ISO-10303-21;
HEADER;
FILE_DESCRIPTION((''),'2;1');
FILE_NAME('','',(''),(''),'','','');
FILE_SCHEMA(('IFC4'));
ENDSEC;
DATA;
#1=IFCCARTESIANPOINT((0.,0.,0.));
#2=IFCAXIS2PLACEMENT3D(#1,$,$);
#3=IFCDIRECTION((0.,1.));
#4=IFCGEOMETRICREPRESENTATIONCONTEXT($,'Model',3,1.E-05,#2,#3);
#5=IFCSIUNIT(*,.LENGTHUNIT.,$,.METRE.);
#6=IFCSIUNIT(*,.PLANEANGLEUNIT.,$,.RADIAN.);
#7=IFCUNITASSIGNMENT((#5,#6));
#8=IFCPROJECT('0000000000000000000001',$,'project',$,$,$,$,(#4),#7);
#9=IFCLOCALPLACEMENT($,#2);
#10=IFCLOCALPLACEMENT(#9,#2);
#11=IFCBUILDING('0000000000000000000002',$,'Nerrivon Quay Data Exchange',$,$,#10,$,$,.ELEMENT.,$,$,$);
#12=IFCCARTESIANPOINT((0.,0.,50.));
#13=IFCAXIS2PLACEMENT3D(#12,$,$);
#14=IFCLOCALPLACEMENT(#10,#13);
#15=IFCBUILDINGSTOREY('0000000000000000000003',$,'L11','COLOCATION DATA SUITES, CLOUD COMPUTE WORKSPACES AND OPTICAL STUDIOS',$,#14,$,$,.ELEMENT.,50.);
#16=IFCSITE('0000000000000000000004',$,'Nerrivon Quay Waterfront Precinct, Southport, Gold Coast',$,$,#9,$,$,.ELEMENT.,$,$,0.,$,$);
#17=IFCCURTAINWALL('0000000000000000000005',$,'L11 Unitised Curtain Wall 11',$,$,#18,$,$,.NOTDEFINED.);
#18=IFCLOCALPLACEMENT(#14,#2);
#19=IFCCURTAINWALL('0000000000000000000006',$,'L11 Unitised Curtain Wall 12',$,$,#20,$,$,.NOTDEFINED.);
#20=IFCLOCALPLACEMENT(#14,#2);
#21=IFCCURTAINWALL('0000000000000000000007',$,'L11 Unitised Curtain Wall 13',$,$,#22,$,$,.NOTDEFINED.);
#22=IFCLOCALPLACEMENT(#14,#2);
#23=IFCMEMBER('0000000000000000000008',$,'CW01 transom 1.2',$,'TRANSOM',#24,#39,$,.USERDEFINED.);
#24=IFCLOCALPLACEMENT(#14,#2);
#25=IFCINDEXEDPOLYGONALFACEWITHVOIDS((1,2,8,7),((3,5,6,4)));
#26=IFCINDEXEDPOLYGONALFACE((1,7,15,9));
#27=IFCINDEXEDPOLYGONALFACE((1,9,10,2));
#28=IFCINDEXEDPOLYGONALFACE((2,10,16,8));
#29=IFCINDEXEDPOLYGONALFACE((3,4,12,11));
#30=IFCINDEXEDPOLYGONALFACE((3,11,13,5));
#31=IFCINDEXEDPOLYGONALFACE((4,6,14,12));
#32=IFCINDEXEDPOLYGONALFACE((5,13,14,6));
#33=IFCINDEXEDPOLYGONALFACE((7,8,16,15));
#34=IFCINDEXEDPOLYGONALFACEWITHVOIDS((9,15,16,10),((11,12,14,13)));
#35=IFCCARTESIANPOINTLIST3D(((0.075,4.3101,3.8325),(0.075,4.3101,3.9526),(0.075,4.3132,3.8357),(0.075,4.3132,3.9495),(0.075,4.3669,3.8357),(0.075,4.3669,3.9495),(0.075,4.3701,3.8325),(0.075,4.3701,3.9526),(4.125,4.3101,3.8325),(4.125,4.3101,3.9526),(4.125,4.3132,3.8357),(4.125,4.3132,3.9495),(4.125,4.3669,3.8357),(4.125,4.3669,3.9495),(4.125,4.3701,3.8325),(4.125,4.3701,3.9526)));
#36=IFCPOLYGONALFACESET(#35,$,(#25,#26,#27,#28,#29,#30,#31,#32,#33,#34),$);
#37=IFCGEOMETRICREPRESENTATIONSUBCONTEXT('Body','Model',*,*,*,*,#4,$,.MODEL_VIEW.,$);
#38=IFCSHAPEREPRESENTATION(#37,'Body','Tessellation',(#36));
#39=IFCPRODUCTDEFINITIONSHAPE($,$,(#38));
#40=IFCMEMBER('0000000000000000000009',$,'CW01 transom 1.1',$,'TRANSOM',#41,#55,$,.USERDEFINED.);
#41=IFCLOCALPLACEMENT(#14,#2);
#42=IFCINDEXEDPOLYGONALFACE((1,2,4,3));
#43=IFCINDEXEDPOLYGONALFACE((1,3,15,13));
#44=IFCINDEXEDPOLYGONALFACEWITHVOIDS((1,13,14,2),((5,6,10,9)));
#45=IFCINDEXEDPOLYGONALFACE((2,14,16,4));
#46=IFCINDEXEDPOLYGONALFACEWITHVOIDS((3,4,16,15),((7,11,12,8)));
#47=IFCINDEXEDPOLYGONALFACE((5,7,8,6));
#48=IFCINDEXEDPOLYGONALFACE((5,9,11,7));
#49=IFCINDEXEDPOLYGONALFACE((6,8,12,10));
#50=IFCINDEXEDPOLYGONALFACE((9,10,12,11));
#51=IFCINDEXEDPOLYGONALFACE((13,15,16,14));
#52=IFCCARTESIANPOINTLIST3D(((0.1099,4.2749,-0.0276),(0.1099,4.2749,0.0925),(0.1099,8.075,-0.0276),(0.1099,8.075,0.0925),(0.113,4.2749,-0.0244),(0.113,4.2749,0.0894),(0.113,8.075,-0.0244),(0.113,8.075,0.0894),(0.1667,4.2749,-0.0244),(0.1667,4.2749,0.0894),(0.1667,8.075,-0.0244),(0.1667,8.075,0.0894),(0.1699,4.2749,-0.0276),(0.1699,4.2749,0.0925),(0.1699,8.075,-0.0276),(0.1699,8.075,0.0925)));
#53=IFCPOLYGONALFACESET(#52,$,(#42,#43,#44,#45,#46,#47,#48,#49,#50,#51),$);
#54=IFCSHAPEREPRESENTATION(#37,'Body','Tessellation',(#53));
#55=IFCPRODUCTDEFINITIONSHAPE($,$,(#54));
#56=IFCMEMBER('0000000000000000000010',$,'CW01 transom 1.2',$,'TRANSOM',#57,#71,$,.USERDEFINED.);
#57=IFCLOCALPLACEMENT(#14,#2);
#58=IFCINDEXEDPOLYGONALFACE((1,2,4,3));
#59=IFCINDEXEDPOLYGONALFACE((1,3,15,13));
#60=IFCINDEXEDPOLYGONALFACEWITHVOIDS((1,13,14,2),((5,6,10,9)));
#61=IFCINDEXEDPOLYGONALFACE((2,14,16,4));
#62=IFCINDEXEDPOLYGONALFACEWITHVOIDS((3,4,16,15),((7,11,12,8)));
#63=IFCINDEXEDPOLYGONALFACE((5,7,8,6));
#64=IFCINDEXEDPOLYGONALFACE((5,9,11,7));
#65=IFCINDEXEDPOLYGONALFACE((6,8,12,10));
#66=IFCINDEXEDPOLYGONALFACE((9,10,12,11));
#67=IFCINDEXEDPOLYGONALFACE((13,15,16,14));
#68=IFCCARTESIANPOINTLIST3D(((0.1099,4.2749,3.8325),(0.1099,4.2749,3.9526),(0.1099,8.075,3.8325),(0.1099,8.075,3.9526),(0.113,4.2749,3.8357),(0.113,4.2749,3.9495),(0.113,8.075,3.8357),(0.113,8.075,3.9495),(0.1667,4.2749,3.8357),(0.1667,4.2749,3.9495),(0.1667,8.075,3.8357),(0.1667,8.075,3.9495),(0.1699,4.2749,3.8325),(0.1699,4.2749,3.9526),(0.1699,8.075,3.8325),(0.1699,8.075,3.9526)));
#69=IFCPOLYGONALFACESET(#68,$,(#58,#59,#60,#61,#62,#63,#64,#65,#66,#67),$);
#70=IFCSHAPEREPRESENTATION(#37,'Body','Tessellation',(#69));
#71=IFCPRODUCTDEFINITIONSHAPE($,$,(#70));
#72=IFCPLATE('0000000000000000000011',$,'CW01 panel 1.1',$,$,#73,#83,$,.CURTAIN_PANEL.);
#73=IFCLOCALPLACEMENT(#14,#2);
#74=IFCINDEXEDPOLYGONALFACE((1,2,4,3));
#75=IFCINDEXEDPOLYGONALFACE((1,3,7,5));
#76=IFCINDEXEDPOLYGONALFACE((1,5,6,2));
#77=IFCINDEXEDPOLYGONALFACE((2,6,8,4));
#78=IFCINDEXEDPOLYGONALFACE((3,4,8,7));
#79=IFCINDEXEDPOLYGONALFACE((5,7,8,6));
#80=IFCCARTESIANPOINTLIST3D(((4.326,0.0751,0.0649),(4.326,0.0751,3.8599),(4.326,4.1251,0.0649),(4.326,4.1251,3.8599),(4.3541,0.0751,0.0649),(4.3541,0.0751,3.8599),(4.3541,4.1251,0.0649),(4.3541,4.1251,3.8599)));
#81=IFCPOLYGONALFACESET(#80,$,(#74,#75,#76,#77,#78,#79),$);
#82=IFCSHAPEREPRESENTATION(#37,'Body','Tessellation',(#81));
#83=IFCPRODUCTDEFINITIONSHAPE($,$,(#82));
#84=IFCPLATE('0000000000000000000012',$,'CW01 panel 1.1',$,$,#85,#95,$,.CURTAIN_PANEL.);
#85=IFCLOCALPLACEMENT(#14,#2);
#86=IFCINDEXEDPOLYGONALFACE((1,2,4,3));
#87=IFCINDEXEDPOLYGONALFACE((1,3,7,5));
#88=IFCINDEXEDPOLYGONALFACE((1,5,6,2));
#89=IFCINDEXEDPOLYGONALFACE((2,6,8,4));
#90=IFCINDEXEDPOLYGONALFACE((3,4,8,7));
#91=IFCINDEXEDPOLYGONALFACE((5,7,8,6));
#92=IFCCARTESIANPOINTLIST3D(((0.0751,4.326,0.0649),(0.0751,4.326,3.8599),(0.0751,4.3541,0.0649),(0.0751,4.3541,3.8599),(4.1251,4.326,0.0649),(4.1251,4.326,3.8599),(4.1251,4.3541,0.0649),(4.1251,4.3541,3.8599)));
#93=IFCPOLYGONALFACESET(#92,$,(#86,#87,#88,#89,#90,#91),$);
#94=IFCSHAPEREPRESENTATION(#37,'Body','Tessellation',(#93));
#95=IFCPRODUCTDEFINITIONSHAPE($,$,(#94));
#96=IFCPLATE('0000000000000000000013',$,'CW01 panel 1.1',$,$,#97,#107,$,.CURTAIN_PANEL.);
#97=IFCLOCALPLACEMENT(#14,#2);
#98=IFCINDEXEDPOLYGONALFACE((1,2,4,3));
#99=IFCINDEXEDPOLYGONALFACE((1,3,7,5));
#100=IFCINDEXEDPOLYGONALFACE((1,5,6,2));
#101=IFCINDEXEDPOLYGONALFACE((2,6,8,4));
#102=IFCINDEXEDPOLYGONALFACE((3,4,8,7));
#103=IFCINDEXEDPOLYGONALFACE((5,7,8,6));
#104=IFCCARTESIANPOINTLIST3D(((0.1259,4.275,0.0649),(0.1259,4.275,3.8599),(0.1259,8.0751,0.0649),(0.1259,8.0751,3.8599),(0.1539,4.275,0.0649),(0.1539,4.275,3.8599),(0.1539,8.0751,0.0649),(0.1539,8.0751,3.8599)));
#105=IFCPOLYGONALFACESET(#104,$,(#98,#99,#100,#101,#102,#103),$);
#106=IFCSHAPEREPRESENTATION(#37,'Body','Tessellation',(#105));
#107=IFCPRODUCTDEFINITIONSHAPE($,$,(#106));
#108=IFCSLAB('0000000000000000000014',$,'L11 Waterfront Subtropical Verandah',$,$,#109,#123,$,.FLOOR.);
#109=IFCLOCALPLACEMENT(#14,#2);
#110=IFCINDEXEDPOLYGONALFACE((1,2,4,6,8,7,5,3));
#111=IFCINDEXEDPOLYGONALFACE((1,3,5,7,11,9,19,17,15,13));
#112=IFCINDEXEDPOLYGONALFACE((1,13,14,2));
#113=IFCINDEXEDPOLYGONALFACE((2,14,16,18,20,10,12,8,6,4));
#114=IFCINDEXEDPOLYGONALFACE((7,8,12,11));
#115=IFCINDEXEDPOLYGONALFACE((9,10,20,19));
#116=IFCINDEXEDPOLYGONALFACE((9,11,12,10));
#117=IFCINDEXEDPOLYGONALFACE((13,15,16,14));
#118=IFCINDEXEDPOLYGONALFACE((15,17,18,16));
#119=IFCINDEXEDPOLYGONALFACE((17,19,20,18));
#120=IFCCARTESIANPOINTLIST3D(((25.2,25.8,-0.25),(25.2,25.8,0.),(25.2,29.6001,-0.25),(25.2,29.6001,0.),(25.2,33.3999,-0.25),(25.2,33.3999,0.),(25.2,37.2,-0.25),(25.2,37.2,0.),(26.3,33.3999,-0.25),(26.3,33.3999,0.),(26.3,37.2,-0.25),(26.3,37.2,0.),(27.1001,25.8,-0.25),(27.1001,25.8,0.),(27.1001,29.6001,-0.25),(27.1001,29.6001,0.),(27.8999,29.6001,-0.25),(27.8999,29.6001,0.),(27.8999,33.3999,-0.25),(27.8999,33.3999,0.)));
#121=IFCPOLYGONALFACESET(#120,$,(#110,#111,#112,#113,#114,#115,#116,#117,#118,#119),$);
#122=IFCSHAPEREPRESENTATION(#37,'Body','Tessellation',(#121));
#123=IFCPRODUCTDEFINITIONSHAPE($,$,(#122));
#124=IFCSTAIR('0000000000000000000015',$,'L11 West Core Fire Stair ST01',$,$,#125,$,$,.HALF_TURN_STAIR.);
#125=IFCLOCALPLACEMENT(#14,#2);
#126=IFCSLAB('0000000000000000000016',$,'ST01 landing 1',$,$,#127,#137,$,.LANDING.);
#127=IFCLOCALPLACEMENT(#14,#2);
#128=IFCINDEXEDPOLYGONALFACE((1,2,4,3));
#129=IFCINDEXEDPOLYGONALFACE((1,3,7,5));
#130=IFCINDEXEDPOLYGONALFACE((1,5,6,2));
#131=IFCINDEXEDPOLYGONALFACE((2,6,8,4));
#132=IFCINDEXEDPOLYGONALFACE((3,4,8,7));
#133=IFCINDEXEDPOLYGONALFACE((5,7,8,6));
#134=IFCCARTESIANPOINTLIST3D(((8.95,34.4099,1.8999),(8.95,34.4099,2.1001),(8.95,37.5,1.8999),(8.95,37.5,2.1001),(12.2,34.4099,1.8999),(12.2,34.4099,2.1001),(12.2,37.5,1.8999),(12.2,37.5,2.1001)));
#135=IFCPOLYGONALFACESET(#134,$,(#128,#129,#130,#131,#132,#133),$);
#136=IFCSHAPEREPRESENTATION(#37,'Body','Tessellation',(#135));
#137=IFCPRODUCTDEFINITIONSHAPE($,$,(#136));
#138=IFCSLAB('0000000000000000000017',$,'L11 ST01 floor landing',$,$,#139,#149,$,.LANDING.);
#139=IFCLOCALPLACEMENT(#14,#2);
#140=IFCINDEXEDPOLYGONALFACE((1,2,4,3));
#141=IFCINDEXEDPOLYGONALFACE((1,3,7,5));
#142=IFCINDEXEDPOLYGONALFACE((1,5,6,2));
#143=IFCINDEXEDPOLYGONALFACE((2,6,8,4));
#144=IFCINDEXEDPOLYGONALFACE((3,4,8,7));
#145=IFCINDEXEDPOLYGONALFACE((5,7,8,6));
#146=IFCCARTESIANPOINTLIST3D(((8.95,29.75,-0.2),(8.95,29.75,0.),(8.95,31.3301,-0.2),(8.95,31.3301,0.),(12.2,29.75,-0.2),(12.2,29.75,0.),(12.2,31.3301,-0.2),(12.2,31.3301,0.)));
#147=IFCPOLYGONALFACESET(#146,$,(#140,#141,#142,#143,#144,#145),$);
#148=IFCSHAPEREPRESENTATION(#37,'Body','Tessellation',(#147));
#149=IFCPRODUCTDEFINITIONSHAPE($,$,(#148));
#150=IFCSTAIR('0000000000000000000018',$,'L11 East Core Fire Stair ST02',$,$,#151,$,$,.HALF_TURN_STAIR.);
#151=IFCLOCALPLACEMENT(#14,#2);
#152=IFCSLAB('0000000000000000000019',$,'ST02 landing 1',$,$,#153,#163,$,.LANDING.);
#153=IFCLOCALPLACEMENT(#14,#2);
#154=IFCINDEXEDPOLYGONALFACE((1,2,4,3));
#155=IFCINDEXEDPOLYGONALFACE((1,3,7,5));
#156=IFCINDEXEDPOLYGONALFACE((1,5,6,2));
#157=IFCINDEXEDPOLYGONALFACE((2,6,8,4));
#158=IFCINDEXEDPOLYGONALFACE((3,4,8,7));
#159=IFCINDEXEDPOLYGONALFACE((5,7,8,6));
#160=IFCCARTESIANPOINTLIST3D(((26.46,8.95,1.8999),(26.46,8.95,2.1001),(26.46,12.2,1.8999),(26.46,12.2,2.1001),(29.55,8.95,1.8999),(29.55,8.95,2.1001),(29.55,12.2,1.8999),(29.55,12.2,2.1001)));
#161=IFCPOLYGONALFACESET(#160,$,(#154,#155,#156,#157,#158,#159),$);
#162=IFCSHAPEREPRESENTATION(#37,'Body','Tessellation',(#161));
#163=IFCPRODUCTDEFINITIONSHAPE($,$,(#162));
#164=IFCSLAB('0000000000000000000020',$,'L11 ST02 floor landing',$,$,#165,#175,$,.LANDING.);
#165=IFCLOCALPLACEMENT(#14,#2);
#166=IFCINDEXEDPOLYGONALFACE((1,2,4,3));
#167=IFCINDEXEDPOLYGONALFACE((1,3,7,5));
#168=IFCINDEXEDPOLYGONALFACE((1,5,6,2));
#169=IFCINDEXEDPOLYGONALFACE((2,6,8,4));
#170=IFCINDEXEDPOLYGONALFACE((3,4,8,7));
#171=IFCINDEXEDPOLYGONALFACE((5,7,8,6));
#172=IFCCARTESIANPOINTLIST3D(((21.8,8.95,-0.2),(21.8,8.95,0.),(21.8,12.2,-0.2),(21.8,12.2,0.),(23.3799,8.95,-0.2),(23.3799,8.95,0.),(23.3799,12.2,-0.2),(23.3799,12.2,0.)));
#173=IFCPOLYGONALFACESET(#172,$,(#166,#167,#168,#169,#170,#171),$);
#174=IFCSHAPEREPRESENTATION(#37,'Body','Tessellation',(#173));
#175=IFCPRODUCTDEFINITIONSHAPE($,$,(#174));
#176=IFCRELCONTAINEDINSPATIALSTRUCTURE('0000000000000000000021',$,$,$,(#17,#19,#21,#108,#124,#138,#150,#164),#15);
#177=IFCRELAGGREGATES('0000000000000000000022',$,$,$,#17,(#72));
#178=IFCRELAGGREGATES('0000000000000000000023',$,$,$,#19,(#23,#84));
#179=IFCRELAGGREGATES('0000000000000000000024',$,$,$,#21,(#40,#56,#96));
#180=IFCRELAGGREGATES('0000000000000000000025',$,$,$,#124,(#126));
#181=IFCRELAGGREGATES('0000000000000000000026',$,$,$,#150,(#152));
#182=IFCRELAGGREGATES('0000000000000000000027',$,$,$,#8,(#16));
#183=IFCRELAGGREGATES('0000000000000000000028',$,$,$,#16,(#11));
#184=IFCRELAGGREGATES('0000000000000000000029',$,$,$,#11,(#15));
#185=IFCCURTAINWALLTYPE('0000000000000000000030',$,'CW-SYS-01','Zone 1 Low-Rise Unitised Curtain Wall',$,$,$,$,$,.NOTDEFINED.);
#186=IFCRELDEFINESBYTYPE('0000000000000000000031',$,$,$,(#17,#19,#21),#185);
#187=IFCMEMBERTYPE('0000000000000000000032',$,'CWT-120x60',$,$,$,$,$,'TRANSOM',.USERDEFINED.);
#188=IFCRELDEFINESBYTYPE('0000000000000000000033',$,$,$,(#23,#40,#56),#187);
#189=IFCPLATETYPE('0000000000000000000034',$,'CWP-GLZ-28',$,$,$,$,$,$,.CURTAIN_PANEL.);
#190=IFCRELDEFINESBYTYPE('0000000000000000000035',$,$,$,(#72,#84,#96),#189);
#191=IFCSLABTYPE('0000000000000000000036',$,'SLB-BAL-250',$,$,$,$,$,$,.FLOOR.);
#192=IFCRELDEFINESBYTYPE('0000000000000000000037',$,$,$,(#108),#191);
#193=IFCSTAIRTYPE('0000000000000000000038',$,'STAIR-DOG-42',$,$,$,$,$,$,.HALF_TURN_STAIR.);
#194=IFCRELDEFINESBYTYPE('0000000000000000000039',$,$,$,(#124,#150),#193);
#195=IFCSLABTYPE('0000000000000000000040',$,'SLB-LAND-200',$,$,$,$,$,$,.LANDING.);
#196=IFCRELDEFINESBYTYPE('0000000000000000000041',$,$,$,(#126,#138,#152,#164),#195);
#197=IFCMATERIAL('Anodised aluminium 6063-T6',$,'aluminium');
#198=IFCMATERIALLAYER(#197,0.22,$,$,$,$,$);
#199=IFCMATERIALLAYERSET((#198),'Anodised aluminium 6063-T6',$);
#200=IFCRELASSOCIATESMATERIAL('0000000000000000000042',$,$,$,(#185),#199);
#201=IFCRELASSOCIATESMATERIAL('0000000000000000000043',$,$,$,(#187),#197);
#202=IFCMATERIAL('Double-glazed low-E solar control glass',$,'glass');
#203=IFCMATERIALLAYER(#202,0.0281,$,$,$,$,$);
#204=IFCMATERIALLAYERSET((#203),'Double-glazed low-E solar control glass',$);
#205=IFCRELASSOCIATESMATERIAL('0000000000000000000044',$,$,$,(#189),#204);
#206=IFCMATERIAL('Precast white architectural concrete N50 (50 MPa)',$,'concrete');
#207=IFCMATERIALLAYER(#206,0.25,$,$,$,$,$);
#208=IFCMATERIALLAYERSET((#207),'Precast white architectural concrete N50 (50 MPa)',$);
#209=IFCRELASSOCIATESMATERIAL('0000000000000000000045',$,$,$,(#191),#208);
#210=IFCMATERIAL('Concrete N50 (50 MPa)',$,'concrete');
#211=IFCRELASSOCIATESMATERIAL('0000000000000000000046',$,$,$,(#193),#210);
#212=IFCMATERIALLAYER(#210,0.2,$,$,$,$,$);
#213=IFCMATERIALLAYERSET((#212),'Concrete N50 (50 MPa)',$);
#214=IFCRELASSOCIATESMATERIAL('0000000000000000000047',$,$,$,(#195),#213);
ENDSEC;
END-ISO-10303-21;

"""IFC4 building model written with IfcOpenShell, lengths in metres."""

from ifc_helpers import new_model, si_unit, direction, frame, origin, origin_2d, place, context, subcontext, project, spatial, polyline, rectangle, hollow_rectangle, outline, extrude, material, layer, layer_set, material_profile, profile_set, type_object, element, aggregate, save


model = new_model("IFC4")

# Units and contexts
model_context = context("Model", 3, precision=1e-05, world=origin(), true_north=direction((0.0, 1.0)))
body_context = subcontext(model_context, "Body", "Model", "MODEL_VIEW")
ifc_project = project(units=[si_unit("LENGTHUNIT", "METRE"), si_unit("PLANEANGLEUNIT", "RADIAN")], contexts=[model_context])

# Site, building, storey
site_placement = place(None, origin())
site = spatial("IfcSite", under=ifc_project, at=site_placement, Name="Nerrivon Quay Waterfront Precinct, Southport, Gold Coast", CompositionType="ELEMENT", RefElevation=0.0)
building_placement = place(site_placement, origin())
building = spatial("IfcBuilding", under=site, at=building_placement, Name="Nerrivon Quay Data Exchange", CompositionType="ELEMENT")
storey_placement = place(building_placement, frame((0.0, 0.0, 50.0)))
storey = spatial("IfcBuildingStorey", under=building, at=storey_placement, Name="L11", Description="COLOCATION DATA SUITES, CLOUD COMPUTE WORKSPACES AND OPTICAL STUDIOS", CompositionType="ELEMENT", Elevation=50.0)

# Curtain wall
ifc_material_1 = material(Name="Anodised aluminium 6063-T6", Category="aluminium")
ifc_layer_1 = layer(ifc_material_1, 0.22)
ifc_layer_set_1 = layer_set([ifc_layer_1], Name="Anodised aluminium 6063-T6")
curtain_wall_type = type_object("IfcCurtainWallType", Name="CW-SYS-01", Description="Zone 1 Low-Rise Unitised Curtain Wall", PredefinedType="NOTDEFINED", material=ifc_layer_set_1)
curtain_wall_1_placement = place(storey_placement, origin())
curtain_wall_1 = element("IfcCurtainWall", 1, at=curtain_wall_1_placement, inside=storey, type_object=curtain_wall_type, Name="L11 Unitised Curtain Wall 11", PredefinedType="NOTDEFINED")

# Curtain walls
curtain_wall_2_placement = place(storey_placement, origin())
curtain_wall_2 = element("IfcCurtainWall", 2, at=curtain_wall_2_placement, inside=storey, type_object=curtain_wall_type, Name="L11 Unitised Curtain Wall 12", PredefinedType="NOTDEFINED")
curtain_wall_3_placement = place(storey_placement, origin())
curtain_wall_3 = element("IfcCurtainWall", 3, at=curtain_wall_3_placement, inside=storey, type_object=curtain_wall_type, Name="L11 Unitised Curtain Wall 13", PredefinedType="NOTDEFINED")

# Members
ifc_material_profile_1 = material_profile(ifc_material_1, hollow_rectangle(XDim=0.0601, YDim=0.1201, WallThickness=0.0032, at=origin_2d()), Name="ALU-TRAN-120x60")
ifc_profile_set_1 = profile_set([ifc_material_profile_1], Name="Anodised aluminium 6063-T6")
member_type_1 = type_object("IfcMemberType", Name="CWT-120x60", ElementType="TRANSOM", PredefinedType="USERDEFINED", material=ifc_profile_set_1)
member_1_placement = place(storey_placement, frame((4.125, 4.3401, 3.8926), z_axis=(-1.0, 0.0, 0.0), x_axis=(0.0, -1.0, 0.0)))
member_1 = element("IfcMember", 4, at=member_1_placement, type_object=member_type_1, Name="CW01 transom 1.2", ObjectType="TRANSOM", PredefinedType="USERDEFINED", context=body_context, shape_type="SweptSolid", body=[
    extrude(hollow_rectangle(XDim=0.0601, YDim=0.1201, WallThickness=0.0032, at=origin_2d()), origin(), (0.0, 0.0, 1.0), 4.05),
])
member_2_placement = place(storey_placement, frame((0.1399, 4.2749, 0.0325), z_axis=(0.0, 1.0, 0.0), x_axis=(-1.0, 0.0, 0.0)))
member_2 = element("IfcMember", 5, at=member_2_placement, type_object=member_type_1, Name="CW01 transom 1.1", ObjectType="TRANSOM", PredefinedType="USERDEFINED", context=body_context, shape_type="SweptSolid", body=[
    extrude(hollow_rectangle(XDim=0.0601, YDim=0.1201, WallThickness=0.0032, at=origin_2d()), origin(), (0.0, 0.0, 1.0), 3.8),
])
member_3_placement = place(storey_placement, frame((0.1399, 4.2749, 3.8926), z_axis=(0.0, 1.0, 0.0), x_axis=(-1.0, 0.0, 0.0)))
member_3 = element("IfcMember", 6, at=member_3_placement, type_object=member_type_1, Name="CW01 transom 1.2", ObjectType="TRANSOM", PredefinedType="USERDEFINED", context=body_context, shape_type="SweptSolid", body=[
    extrude(hollow_rectangle(XDim=0.0601, YDim=0.1201, WallThickness=0.0032, at=origin_2d()), origin(), (0.0, 0.0, 1.0), 3.8),
])

# Plates
ifc_material_2 = material(Name="Double-glazed low-E solar control glass", Category="glass")
ifc_layer_2 = layer(ifc_material_2, 0.0281)
ifc_layer_set_2 = layer_set([ifc_layer_2], Name="Double-glazed low-E solar control glass")
plate_type = type_object("IfcPlateType", Name="CWP-GLZ-28", PredefinedType="CURTAIN_PANEL", material=ifc_layer_set_2)
plate_1_placement = place(storey_placement, frame((4.3401, 2.1001, 0.0649), z_axis=(0.0, 0.0, 1.0), x_axis=(0.0, 1.0, 0.0)))
plate_1 = element("IfcPlate", 7, at=plate_1_placement, type_object=plate_type, Name="CW01 panel 1.1", PredefinedType="CURTAIN_PANEL", context=body_context, shape_type="SweptSolid", body=[
    extrude(rectangle(XDim=4.05, YDim=0.0281, at=origin_2d()), origin(), (0.0, 0.0, 1.0), 3.7949),
])
aggregate(curtain_wall_1, [plate_1])
plate_2_placement = place(storey_placement, frame((2.1001, 4.3401, 0.0649), z_axis=(0.0, 0.0, 1.0), x_axis=(-1.0, 0.0, 0.0)))
plate_2 = element("IfcPlate", 8, at=plate_2_placement, type_object=plate_type, Name="CW01 panel 1.1", PredefinedType="CURTAIN_PANEL", context=body_context, shape_type="SweptSolid", body=[
    extrude(rectangle(XDim=4.05, YDim=0.0281, at=origin_2d()), origin(), (0.0, 0.0, 1.0), 3.7949),
])
aggregate(curtain_wall_2, [member_1, plate_2])
plate_3_placement = place(storey_placement, frame((0.1399, 6.175, 0.0649), z_axis=(0.0, 0.0, 1.0), x_axis=(0.0, 1.0, 0.0)))
plate_3 = element("IfcPlate", 9, at=plate_3_placement, type_object=plate_type, Name="CW01 panel 1.1", PredefinedType="CURTAIN_PANEL", context=body_context, shape_type="SweptSolid", body=[
    extrude(rectangle(XDim=3.8, YDim=0.0281, at=origin_2d()), origin(), (0.0, 0.0, 1.0), 3.7949),
])
aggregate(curtain_wall_3, [member_2, member_3, plate_3])

# Slab
ifc_material_3 = material(Name="Precast white architectural concrete N50 (50 MPa)", Category="concrete")
ifc_layer_3 = layer(ifc_material_3, 0.25)
ifc_layer_set_3 = layer_set([ifc_layer_3], Name="Precast white architectural concrete N50 (50 MPa)")
slab_type_1 = type_object("IfcSlabType", Name="SLB-BAL-250", PredefinedType="FLOOR", material=ifc_layer_set_3)
slab_1_placement = place(storey_placement, frame((0.0, 0.0, -0.25)))
element("IfcSlab", 10, at=slab_1_placement, inside=storey, type_object=slab_type_1, Name="L11 Waterfront Subtropical Verandah", PredefinedType="FLOOR", context=body_context, shape_type="SweptSolid", body=[
    extrude(outline(polyline([(27.1001, 29.6001), (27.8999, 29.6001), (27.8999, 33.3999), (26.3, 33.3999), (26.3, 37.2), (25.2, 37.2), (25.2, 33.3999), (25.2, 29.6001), (25.2, 25.8), (27.1001, 25.8), (27.1001, 29.6001)])), origin(), (0.0, 0.0, 1.0), 0.25),
])

# Stair, slab
ifc_material_4 = material(Name="Concrete N50 (50 MPa)", Category="concrete")
stair_type = type_object("IfcStairType", Name="STAIR-DOG-42", PredefinedType="HALF_TURN_STAIR", material=ifc_material_4)
stair_1_placement = place(storey_placement, origin())
stair_1 = element("IfcStair", 11, at=stair_1_placement, inside=storey, type_object=stair_type, Name="L11 West Core Fire Stair ST01", PredefinedType="HALF_TURN_STAIR")
ifc_layer_4 = layer(ifc_material_4, 0.2)
ifc_layer_set_4 = layer_set([ifc_layer_4], Name="Concrete N50 (50 MPa)")
slab_type_2 = type_object("IfcSlabType", Name="SLB-LAND-200", PredefinedType="LANDING", material=ifc_layer_set_4)
slab_2_placement = place(storey_placement, frame((0.0, 0.0, 1.8999)))
slab_2 = element("IfcSlab", 12, at=slab_2_placement, type_object=slab_type_2, Name="ST01 landing 1", PredefinedType="LANDING", context=body_context, shape_type="SweptSolid", body=[
    extrude(outline(polyline([(12.2, 34.4099), (12.2, 37.5), (8.95, 37.5), (8.95, 34.4099), (12.2, 34.4099)])), origin(), (0.0, 0.0, 1.0), 0.2002),
])
aggregate(stair_1, [slab_2])

# Slab
slab_3_placement = place(storey_placement, frame((0.0, 0.0, -0.2)))
element("IfcSlab", 13, at=slab_3_placement, inside=storey, type_object=slab_type_2, Name="L11 ST01 floor landing", PredefinedType="LANDING", context=body_context, shape_type="SweptSolid", body=[
    extrude(outline(polyline([(12.2, 29.75), (12.2, 31.3301), (8.95, 31.3301), (8.95, 29.75), (12.2, 29.75)])), origin(), (0.0, 0.0, 1.0), 0.2),
])

# Stair, slab
stair_2_placement = place(storey_placement, origin())
stair_2 = element("IfcStair", 14, at=stair_2_placement, inside=storey, type_object=stair_type, Name="L11 East Core Fire Stair ST02", PredefinedType="HALF_TURN_STAIR")
slab_4_placement = place(storey_placement, frame((0.0, 0.0, 1.8999)))
slab_4 = element("IfcSlab", 15, at=slab_4_placement, type_object=slab_type_2, Name="ST02 landing 1", PredefinedType="LANDING", context=body_context, shape_type="SweptSolid", body=[
    extrude(outline(polyline([(26.46, 8.95), (29.55, 8.95), (29.55, 12.2), (26.46, 12.2), (26.46, 8.95)])), origin(), (0.0, 0.0, 1.0), 0.2002),
])
aggregate(stair_2, [slab_4])

# Slab
slab_5_placement = place(storey_placement, frame((0.0, 0.0, -0.2)))
element("IfcSlab", 16, at=slab_5_placement, inside=storey, type_object=slab_type_2, Name="L11 ST02 floor landing", PredefinedType="LANDING", context=body_context, shape_type="SweptSolid", body=[
    extrude(outline(polyline([(21.8, 8.95), (23.3799, 8.95), (23.3799, 12.2), (21.8, 12.2), (21.8, 8.95)])), origin(), (0.0, 0.0, 1.0), 0.2),
])

save(model, "model.ifc")
